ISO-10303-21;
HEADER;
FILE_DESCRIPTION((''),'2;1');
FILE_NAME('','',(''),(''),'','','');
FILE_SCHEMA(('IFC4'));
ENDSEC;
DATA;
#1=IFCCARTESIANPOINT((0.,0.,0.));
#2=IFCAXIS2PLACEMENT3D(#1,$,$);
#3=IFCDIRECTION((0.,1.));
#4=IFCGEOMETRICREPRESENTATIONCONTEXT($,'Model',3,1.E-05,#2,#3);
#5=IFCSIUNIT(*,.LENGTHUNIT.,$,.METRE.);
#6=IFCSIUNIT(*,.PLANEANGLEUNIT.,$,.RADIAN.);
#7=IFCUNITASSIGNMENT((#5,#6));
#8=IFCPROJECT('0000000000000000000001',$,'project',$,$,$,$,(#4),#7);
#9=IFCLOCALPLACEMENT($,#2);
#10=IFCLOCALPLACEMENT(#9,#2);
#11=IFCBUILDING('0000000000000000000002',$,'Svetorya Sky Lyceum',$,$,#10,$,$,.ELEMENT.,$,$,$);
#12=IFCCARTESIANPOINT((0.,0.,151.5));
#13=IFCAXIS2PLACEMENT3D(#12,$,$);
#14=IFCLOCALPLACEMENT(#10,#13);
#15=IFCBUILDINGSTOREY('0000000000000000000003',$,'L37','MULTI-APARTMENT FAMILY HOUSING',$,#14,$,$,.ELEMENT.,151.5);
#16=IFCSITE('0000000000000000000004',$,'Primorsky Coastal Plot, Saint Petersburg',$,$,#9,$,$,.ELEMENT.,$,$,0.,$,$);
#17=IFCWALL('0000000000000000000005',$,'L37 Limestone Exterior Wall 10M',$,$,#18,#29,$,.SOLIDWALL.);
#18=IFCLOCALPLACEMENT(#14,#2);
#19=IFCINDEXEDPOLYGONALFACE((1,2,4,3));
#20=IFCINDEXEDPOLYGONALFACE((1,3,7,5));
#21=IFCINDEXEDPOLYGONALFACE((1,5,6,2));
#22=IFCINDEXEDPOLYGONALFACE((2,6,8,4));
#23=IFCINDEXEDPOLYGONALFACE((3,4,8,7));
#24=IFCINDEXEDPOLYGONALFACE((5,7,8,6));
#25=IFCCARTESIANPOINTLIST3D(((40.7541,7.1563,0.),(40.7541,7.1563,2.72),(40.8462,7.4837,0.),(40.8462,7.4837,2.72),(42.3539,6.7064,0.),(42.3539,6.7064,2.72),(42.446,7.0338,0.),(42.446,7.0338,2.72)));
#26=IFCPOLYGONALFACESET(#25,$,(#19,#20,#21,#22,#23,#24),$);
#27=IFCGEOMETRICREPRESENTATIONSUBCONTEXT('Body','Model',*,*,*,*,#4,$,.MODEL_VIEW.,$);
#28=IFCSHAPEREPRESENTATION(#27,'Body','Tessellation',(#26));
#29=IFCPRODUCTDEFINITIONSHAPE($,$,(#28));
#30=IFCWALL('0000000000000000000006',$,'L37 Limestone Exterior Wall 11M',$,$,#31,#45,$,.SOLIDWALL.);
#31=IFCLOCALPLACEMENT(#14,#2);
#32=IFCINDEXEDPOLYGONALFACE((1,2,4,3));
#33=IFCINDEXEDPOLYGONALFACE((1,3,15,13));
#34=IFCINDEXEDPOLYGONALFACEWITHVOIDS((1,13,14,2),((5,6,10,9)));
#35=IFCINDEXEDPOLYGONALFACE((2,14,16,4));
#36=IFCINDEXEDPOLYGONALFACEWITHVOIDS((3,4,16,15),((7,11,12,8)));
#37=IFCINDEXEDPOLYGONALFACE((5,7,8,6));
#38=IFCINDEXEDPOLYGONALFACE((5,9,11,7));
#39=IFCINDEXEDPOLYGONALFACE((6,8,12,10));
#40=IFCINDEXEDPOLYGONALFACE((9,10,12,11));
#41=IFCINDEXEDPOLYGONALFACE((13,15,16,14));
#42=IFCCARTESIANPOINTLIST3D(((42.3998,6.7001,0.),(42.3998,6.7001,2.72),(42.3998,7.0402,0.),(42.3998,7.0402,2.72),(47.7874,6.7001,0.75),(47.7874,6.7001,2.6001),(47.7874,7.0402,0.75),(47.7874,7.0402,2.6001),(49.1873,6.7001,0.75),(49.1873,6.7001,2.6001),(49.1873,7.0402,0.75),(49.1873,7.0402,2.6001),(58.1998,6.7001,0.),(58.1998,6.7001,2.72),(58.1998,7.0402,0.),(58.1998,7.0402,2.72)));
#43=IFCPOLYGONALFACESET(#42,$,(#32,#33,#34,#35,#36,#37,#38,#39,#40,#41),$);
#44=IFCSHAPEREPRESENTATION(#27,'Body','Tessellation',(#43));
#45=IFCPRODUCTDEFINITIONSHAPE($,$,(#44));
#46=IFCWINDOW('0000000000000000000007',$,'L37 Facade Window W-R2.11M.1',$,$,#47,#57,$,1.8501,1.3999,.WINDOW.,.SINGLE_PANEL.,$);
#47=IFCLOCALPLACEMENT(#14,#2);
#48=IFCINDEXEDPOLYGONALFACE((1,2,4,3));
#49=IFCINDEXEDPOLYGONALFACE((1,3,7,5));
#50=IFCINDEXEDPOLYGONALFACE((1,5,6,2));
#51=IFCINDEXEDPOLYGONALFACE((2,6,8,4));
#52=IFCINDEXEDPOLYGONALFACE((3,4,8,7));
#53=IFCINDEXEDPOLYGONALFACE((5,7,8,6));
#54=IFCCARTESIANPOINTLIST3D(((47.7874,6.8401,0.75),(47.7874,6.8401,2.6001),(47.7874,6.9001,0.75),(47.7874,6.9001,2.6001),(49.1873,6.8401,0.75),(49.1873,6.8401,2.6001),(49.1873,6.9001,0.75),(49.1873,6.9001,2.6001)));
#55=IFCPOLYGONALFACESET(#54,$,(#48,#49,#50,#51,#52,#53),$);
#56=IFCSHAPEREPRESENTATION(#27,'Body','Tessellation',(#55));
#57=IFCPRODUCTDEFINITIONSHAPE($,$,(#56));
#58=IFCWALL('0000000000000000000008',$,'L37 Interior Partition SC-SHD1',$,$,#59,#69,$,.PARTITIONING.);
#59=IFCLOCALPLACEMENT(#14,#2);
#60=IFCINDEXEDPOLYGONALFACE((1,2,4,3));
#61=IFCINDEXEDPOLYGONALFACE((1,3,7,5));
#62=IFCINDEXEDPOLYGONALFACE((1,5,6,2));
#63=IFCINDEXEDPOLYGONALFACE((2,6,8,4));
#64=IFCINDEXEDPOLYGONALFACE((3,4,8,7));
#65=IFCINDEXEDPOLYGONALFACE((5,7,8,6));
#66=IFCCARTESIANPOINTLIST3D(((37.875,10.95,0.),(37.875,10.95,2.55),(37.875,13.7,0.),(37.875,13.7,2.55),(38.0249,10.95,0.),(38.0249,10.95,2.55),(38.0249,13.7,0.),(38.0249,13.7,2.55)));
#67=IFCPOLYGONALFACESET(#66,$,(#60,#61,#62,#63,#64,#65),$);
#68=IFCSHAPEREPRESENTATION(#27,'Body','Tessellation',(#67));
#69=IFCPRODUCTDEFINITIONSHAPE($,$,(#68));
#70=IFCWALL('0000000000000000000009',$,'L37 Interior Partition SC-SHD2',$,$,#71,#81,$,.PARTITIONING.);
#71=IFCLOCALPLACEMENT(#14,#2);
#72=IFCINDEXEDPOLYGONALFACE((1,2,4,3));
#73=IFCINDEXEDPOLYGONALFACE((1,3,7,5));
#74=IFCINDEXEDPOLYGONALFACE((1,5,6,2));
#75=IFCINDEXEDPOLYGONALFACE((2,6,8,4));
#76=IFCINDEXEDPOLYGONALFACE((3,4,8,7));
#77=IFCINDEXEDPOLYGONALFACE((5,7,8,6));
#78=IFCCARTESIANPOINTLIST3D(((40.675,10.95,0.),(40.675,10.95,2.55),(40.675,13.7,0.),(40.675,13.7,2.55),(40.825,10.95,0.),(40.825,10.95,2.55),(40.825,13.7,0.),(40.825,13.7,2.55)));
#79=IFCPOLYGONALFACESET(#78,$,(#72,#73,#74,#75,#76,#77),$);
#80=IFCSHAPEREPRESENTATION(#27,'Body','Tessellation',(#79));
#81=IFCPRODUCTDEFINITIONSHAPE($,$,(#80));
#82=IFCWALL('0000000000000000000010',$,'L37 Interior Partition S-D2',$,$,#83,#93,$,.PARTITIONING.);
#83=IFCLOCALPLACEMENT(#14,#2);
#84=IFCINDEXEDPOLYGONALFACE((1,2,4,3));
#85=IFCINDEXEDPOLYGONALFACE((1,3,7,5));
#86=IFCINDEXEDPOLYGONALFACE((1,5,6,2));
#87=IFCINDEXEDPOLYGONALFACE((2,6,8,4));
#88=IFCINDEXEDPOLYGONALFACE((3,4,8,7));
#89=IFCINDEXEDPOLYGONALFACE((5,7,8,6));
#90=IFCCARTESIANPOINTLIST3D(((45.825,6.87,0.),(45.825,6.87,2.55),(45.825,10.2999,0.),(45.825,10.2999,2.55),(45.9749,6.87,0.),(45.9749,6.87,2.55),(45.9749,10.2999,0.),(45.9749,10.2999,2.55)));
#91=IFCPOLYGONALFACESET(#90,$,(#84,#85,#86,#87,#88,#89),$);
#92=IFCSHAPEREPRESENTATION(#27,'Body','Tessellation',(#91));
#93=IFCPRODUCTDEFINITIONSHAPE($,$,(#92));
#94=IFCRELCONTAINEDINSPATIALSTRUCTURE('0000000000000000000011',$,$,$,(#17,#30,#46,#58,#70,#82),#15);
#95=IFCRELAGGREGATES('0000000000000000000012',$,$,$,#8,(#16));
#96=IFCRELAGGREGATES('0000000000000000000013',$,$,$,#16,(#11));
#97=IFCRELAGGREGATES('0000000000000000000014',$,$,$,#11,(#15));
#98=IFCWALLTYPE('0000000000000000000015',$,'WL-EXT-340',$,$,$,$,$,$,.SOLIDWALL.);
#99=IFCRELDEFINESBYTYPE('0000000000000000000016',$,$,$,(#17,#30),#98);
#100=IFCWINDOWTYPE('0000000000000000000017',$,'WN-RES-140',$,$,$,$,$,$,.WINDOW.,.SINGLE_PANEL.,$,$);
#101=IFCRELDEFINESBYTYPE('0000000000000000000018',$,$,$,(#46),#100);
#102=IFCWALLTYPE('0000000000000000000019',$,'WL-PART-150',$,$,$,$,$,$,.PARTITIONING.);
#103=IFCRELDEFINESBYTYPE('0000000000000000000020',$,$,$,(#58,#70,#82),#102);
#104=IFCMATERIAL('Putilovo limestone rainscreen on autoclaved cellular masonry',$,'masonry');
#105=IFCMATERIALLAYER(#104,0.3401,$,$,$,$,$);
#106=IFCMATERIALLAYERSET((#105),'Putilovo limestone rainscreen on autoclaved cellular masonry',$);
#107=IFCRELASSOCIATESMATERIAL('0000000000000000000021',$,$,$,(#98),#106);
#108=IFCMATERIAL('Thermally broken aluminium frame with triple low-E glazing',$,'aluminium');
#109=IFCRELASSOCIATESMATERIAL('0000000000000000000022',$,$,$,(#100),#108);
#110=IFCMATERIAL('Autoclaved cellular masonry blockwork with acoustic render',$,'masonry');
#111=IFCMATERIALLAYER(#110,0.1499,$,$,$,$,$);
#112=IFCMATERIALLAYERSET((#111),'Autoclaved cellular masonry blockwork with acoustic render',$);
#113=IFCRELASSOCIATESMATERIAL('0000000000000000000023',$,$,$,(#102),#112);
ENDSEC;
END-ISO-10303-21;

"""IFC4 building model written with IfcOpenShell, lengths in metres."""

from ifc_helpers import new_model, si_unit, direction, frame, frame_2d, origin, place, context, subcontext, project, spatial, rectangle, extrude, material, layer, layer_set, type_object, element, fill, save


model = new_model("IFC4")

# Units and contexts
model_context = context("Model", 3, precision=1e-05, world=origin(), true_north=direction((0.0, 1.0)))
body_context = subcontext(model_context, "Body", "Model", "MODEL_VIEW")
ifc_project = project(units=[si_unit("LENGTHUNIT", "METRE"), si_unit("PLANEANGLEUNIT", "RADIAN")], contexts=[model_context])

# Site, building, storey
site_placement = place(None, origin())
site = spatial("IfcSite", under=ifc_project, at=site_placement, Name="Primorsky Coastal Plot, Saint Petersburg", CompositionType="ELEMENT", RefElevation=0.0)
building_placement = place(site_placement, origin())
building = spatial("IfcBuilding", under=site, at=building_placement, Name="Svetorya Sky Lyceum", CompositionType="ELEMENT")
storey_placement = place(building_placement, frame((0.0, 0.0, 151.5)))
storey = spatial("IfcBuildingStorey", under=building, at=storey_placement, Name="L37", Description="MULTI-APARTMENT FAMILY HOUSING", CompositionType="ELEMENT", Elevation=151.5)

# Wall
ifc_material_1 = material(Name="Putilovo limestone rainscreen on autoclaved cellular masonry", Category="masonry")
ifc_layer_1 = layer(ifc_material_1, 0.3401)
ifc_layer_set_1 = layer_set([ifc_layer_1], Name="Putilovo limestone rainscreen on autoclaved cellular masonry")
wall_type_1 = type_object("IfcWallType", Name="WL-EXT-340", PredefinedType="SOLIDWALL", material=ifc_layer_set_1)
wall_1_placement = place(storey_placement, frame((40.8, 7.3201, 0.0), z_axis=(0.0, 0.0, 1.0), x_axis=(0.962652, -0.270741, 0.0)))
element("IfcWall", 1, at=wall_1_placement, inside=storey, type_object=wall_type_1, Name="L37 Limestone Exterior Wall 10M", PredefinedType="SOLIDWALL", context=body_context, shape_type="SweptSolid", body=[
    extrude(rectangle(XDim=1.6619, YDim=0.3401, at=frame_2d((0.8311, 0.0))), origin(), (0.0, 0.0, 1.0), 2.72),
])

# Wall, opening, window
wall_2_placement = place(storey_placement, frame((42.3999, 6.8701, 0.0), z_axis=(0.0, 0.0, 1.0), x_axis=(1.0, 0.0, 0.0)))
wall_2 = element("IfcWall", 2, at=wall_2_placement, inside=storey, type_object=wall_type_1, Name="L37 Limestone Exterior Wall 11M", PredefinedType="SOLIDWALL", context=body_context, shape_type="SweptSolid", body=[
    extrude(rectangle(XDim=15.8, YDim=0.3401, at=frame_2d((7.8999, 0.0))), origin(), (0.0, 0.0, 1.0), 2.72),
])
opening_1_placement = place(wall_2_placement, frame((5.3875, 0.0, 0.75)))
opening_1 = element("IfcOpeningElement", 3, at=opening_1_placement, cuts=wall_2, PredefinedType="OPENING", context=body_context, shape_type="SweptSolid", body=[
    extrude(rectangle(XDim=1.3999, YDim=1.8501, at=frame_2d((0.7, 0.925))), frame((0.0, 0.1799, 0.0), z_axis=(0.0, -1.0, 0.0), x_axis=(1.0, 0.0, 0.0)), (0.0, 0.0, 1.0), 0.3601),
])
ifc_material_2 = material(Name="Thermally broken aluminium frame with triple low-E glazing", Category="aluminium")
window_type = type_object("IfcWindowType", Name="WN-RES-140", PartitioningType="SINGLE_PANEL", PredefinedType="WINDOW", material=ifc_material_2)
window_placement = place(opening_1_placement, origin())
window = element("IfcWindow", 4, at=window_placement, inside=storey, type_object=window_type, Name="L37 Facade Window W-R2.11M.1", OverallHeight=1.8501, OverallWidth=1.3999, PartitioningType="SINGLE_PANEL", PredefinedType="WINDOW", context=body_context, shape_type="SweptSolid", body=[
    extrude(rectangle(XDim=1.3999, YDim=1.8501, at=frame_2d((0.7, 0.925))), frame((0.0, 0.03, 0.0), z_axis=(0.0, -1.0, 0.0), x_axis=(1.0, 0.0, 0.0)), (0.0, 0.0, 1.0), 0.0601),
])
fill(opening_1, window)

# Walls
ifc_material_3 = material(Name="Autoclaved cellular masonry blockwork with acoustic render", Category="masonry")
ifc_layer_2 = layer(ifc_material_3, 0.1499)
ifc_layer_set_2 = layer_set([ifc_layer_2], Name="Autoclaved cellular masonry blockwork with acoustic render")
wall_type_2 = type_object("IfcWallType", Name="WL-PART-150", PredefinedType="PARTITIONING", material=ifc_layer_set_2)
for number, where, z_axis, x_axis, name in (
    (5, (37.95, 10.95, 0.0), (0.0, 0.0, 1.0), (0.0, 1.0, 0.0), "L37 Interior Partition SC-SHD1"),
    (6, (40.75, 10.95, 0.0), (0.0, 0.0, 1.0), (0.0, 1.0, 0.0), "L37 Interior Partition SC-SHD2"),
):
    element("IfcWall", number, at=place(storey_placement, frame(where, z_axis=z_axis, x_axis=x_axis)), inside=storey, type_object=wall_type_2, Name=name, PredefinedType="PARTITIONING", context=body_context, shape_type="SweptSolid", body=[
        extrude(rectangle(XDim=2.75, YDim=0.1499, at=frame_2d((1.375, 0.0))), origin(), (0.0, 0.0, 1.0), 2.55),
    ])
wall_3_placement = place(storey_placement, frame((45.8999, 6.8701, 0.0), z_axis=(0.0, 0.0, 1.0), x_axis=(0.0, 1.0, 0.0)))
element("IfcWall", 7, at=wall_3_placement, inside=storey, type_object=wall_type_2, Name="L37 Interior Partition S-D2", PredefinedType="PARTITIONING", context=body_context, shape_type="SweptSolid", body=[
    extrude(rectangle(XDim=3.4299, YDim=0.1499, at=frame_2d((1.7148, 0.0))), origin(), (0.0, 0.0, 1.0), 2.55),
])

save(model, "model.ifc")
